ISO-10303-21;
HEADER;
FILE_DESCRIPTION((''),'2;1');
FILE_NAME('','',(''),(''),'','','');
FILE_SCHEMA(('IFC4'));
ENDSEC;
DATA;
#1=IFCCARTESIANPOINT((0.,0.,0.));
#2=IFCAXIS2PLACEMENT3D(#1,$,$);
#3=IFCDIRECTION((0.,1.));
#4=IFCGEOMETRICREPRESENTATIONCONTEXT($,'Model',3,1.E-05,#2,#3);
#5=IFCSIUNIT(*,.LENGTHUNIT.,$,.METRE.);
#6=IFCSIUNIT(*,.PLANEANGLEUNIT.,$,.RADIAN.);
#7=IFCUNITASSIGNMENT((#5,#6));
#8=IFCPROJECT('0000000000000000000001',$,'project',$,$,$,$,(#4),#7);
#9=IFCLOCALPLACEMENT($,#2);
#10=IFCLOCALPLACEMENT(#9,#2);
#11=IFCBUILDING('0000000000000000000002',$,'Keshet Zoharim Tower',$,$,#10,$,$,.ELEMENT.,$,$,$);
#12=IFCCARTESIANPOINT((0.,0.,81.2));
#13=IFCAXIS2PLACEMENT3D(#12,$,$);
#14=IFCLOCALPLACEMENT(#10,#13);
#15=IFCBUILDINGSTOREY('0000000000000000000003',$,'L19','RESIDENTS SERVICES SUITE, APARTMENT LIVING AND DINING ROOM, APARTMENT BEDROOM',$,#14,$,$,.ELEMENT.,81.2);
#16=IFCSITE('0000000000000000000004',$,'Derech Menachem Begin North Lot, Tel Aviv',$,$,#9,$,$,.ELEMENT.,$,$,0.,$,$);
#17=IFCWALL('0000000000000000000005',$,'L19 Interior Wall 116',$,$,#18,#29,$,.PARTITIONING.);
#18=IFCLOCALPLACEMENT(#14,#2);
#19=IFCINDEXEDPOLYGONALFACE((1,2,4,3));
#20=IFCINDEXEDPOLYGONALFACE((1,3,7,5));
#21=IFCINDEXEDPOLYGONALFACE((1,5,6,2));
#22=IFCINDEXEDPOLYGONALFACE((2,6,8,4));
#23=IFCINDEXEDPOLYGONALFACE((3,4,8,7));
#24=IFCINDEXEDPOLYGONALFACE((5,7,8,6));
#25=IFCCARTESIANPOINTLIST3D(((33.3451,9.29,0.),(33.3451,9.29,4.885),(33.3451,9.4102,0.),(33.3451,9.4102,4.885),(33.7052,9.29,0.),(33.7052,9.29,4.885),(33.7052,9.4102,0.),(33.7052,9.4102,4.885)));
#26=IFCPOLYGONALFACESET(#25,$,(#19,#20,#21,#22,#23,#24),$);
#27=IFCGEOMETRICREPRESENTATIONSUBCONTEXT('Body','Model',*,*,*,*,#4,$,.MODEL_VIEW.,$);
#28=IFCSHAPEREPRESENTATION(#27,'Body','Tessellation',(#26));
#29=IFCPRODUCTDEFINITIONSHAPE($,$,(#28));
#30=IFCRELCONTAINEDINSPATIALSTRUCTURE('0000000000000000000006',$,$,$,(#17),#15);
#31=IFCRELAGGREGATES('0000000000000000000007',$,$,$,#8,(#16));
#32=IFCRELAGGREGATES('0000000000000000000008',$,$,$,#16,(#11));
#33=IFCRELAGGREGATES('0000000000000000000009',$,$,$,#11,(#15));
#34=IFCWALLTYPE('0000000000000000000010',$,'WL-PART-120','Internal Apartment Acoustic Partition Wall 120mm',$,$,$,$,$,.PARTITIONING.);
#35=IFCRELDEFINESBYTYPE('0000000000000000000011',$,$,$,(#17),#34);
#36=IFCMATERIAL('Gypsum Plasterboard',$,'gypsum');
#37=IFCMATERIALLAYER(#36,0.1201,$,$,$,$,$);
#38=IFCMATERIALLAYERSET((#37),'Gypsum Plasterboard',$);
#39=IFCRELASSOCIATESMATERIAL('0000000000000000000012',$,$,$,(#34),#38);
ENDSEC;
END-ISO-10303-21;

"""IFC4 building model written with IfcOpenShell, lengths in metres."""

from ifc_helpers import new_model, si_unit, direction, frame, frame_2d, origin, place, context, subcontext, project, spatial, rectangle, extrude, material, layer, layer_set, type_object, element, save


model = new_model("IFC4")

# Units and contexts
model_context = context("Model", 3, precision=1e-05, world=origin(), true_north=direction((0.0, 1.0)))
body_context = subcontext(model_context, "Body", "Model", "MODEL_VIEW")
ifc_project = project(units=[si_unit("LENGTHUNIT", "METRE"), si_unit("PLANEANGLEUNIT", "RADIAN")], contexts=[model_context])

# Site, building, storey
site_placement = place(None, origin())
site = spatial("IfcSite", under=ifc_project, at=site_placement, Name="Derech Menachem Begin North Lot, Tel Aviv", CompositionType="ELEMENT", RefElevation=0.0)
building_placement = place(site_placement, origin())
building = spatial("IfcBuilding", under=site, at=building_placement, Name="Keshet Zoharim Tower", CompositionType="ELEMENT")
storey_placement = place(building_placement, frame((0.0, 0.0, 81.2)))
storey = spatial("IfcBuildingStorey", under=building, at=storey_placement, Name="L19", Description="RESIDENTS SERVICES SUITE, APARTMENT LIVING AND DINING ROOM, APARTMENT BEDROOM", CompositionType="ELEMENT", Elevation=81.2)

# Shared definitions
ifc_material_1 = material(Name="Gypsum Plasterboard", Category="gypsum")

# Wall
ifc_layer_1 = layer(ifc_material_1, 0.1201)
ifc_layer_set_1 = layer_set([ifc_layer_1], Name="Gypsum Plasterboard")
wall_type_1 = type_object("IfcWallType", Name="WL-PART-120", Description="Internal Apartment Acoustic Partition Wall 120mm", PredefinedType="PARTITIONING", material=ifc_layer_set_1)
wall_1_placement = place(storey_placement, frame((33.345, 9.3501, 0.0), z_axis=(0.0, 0.0, 1.0), x_axis=(1.0, 0.0, 0.0)))
element("IfcWall", 1, at=wall_1_placement, inside=storey, type_object=wall_type_1, Name="L19 Interior Wall 116", PredefinedType="PARTITIONING", context=body_context, shape_type="SweptSolid", body=[
    extrude(rectangle(XDim=0.3601, YDim=0.1201, at=frame_2d((0.1802, 0.0))), origin(), (0.0, 0.0, 1.0), 4.885),
])

save(model, "model.ifc")
